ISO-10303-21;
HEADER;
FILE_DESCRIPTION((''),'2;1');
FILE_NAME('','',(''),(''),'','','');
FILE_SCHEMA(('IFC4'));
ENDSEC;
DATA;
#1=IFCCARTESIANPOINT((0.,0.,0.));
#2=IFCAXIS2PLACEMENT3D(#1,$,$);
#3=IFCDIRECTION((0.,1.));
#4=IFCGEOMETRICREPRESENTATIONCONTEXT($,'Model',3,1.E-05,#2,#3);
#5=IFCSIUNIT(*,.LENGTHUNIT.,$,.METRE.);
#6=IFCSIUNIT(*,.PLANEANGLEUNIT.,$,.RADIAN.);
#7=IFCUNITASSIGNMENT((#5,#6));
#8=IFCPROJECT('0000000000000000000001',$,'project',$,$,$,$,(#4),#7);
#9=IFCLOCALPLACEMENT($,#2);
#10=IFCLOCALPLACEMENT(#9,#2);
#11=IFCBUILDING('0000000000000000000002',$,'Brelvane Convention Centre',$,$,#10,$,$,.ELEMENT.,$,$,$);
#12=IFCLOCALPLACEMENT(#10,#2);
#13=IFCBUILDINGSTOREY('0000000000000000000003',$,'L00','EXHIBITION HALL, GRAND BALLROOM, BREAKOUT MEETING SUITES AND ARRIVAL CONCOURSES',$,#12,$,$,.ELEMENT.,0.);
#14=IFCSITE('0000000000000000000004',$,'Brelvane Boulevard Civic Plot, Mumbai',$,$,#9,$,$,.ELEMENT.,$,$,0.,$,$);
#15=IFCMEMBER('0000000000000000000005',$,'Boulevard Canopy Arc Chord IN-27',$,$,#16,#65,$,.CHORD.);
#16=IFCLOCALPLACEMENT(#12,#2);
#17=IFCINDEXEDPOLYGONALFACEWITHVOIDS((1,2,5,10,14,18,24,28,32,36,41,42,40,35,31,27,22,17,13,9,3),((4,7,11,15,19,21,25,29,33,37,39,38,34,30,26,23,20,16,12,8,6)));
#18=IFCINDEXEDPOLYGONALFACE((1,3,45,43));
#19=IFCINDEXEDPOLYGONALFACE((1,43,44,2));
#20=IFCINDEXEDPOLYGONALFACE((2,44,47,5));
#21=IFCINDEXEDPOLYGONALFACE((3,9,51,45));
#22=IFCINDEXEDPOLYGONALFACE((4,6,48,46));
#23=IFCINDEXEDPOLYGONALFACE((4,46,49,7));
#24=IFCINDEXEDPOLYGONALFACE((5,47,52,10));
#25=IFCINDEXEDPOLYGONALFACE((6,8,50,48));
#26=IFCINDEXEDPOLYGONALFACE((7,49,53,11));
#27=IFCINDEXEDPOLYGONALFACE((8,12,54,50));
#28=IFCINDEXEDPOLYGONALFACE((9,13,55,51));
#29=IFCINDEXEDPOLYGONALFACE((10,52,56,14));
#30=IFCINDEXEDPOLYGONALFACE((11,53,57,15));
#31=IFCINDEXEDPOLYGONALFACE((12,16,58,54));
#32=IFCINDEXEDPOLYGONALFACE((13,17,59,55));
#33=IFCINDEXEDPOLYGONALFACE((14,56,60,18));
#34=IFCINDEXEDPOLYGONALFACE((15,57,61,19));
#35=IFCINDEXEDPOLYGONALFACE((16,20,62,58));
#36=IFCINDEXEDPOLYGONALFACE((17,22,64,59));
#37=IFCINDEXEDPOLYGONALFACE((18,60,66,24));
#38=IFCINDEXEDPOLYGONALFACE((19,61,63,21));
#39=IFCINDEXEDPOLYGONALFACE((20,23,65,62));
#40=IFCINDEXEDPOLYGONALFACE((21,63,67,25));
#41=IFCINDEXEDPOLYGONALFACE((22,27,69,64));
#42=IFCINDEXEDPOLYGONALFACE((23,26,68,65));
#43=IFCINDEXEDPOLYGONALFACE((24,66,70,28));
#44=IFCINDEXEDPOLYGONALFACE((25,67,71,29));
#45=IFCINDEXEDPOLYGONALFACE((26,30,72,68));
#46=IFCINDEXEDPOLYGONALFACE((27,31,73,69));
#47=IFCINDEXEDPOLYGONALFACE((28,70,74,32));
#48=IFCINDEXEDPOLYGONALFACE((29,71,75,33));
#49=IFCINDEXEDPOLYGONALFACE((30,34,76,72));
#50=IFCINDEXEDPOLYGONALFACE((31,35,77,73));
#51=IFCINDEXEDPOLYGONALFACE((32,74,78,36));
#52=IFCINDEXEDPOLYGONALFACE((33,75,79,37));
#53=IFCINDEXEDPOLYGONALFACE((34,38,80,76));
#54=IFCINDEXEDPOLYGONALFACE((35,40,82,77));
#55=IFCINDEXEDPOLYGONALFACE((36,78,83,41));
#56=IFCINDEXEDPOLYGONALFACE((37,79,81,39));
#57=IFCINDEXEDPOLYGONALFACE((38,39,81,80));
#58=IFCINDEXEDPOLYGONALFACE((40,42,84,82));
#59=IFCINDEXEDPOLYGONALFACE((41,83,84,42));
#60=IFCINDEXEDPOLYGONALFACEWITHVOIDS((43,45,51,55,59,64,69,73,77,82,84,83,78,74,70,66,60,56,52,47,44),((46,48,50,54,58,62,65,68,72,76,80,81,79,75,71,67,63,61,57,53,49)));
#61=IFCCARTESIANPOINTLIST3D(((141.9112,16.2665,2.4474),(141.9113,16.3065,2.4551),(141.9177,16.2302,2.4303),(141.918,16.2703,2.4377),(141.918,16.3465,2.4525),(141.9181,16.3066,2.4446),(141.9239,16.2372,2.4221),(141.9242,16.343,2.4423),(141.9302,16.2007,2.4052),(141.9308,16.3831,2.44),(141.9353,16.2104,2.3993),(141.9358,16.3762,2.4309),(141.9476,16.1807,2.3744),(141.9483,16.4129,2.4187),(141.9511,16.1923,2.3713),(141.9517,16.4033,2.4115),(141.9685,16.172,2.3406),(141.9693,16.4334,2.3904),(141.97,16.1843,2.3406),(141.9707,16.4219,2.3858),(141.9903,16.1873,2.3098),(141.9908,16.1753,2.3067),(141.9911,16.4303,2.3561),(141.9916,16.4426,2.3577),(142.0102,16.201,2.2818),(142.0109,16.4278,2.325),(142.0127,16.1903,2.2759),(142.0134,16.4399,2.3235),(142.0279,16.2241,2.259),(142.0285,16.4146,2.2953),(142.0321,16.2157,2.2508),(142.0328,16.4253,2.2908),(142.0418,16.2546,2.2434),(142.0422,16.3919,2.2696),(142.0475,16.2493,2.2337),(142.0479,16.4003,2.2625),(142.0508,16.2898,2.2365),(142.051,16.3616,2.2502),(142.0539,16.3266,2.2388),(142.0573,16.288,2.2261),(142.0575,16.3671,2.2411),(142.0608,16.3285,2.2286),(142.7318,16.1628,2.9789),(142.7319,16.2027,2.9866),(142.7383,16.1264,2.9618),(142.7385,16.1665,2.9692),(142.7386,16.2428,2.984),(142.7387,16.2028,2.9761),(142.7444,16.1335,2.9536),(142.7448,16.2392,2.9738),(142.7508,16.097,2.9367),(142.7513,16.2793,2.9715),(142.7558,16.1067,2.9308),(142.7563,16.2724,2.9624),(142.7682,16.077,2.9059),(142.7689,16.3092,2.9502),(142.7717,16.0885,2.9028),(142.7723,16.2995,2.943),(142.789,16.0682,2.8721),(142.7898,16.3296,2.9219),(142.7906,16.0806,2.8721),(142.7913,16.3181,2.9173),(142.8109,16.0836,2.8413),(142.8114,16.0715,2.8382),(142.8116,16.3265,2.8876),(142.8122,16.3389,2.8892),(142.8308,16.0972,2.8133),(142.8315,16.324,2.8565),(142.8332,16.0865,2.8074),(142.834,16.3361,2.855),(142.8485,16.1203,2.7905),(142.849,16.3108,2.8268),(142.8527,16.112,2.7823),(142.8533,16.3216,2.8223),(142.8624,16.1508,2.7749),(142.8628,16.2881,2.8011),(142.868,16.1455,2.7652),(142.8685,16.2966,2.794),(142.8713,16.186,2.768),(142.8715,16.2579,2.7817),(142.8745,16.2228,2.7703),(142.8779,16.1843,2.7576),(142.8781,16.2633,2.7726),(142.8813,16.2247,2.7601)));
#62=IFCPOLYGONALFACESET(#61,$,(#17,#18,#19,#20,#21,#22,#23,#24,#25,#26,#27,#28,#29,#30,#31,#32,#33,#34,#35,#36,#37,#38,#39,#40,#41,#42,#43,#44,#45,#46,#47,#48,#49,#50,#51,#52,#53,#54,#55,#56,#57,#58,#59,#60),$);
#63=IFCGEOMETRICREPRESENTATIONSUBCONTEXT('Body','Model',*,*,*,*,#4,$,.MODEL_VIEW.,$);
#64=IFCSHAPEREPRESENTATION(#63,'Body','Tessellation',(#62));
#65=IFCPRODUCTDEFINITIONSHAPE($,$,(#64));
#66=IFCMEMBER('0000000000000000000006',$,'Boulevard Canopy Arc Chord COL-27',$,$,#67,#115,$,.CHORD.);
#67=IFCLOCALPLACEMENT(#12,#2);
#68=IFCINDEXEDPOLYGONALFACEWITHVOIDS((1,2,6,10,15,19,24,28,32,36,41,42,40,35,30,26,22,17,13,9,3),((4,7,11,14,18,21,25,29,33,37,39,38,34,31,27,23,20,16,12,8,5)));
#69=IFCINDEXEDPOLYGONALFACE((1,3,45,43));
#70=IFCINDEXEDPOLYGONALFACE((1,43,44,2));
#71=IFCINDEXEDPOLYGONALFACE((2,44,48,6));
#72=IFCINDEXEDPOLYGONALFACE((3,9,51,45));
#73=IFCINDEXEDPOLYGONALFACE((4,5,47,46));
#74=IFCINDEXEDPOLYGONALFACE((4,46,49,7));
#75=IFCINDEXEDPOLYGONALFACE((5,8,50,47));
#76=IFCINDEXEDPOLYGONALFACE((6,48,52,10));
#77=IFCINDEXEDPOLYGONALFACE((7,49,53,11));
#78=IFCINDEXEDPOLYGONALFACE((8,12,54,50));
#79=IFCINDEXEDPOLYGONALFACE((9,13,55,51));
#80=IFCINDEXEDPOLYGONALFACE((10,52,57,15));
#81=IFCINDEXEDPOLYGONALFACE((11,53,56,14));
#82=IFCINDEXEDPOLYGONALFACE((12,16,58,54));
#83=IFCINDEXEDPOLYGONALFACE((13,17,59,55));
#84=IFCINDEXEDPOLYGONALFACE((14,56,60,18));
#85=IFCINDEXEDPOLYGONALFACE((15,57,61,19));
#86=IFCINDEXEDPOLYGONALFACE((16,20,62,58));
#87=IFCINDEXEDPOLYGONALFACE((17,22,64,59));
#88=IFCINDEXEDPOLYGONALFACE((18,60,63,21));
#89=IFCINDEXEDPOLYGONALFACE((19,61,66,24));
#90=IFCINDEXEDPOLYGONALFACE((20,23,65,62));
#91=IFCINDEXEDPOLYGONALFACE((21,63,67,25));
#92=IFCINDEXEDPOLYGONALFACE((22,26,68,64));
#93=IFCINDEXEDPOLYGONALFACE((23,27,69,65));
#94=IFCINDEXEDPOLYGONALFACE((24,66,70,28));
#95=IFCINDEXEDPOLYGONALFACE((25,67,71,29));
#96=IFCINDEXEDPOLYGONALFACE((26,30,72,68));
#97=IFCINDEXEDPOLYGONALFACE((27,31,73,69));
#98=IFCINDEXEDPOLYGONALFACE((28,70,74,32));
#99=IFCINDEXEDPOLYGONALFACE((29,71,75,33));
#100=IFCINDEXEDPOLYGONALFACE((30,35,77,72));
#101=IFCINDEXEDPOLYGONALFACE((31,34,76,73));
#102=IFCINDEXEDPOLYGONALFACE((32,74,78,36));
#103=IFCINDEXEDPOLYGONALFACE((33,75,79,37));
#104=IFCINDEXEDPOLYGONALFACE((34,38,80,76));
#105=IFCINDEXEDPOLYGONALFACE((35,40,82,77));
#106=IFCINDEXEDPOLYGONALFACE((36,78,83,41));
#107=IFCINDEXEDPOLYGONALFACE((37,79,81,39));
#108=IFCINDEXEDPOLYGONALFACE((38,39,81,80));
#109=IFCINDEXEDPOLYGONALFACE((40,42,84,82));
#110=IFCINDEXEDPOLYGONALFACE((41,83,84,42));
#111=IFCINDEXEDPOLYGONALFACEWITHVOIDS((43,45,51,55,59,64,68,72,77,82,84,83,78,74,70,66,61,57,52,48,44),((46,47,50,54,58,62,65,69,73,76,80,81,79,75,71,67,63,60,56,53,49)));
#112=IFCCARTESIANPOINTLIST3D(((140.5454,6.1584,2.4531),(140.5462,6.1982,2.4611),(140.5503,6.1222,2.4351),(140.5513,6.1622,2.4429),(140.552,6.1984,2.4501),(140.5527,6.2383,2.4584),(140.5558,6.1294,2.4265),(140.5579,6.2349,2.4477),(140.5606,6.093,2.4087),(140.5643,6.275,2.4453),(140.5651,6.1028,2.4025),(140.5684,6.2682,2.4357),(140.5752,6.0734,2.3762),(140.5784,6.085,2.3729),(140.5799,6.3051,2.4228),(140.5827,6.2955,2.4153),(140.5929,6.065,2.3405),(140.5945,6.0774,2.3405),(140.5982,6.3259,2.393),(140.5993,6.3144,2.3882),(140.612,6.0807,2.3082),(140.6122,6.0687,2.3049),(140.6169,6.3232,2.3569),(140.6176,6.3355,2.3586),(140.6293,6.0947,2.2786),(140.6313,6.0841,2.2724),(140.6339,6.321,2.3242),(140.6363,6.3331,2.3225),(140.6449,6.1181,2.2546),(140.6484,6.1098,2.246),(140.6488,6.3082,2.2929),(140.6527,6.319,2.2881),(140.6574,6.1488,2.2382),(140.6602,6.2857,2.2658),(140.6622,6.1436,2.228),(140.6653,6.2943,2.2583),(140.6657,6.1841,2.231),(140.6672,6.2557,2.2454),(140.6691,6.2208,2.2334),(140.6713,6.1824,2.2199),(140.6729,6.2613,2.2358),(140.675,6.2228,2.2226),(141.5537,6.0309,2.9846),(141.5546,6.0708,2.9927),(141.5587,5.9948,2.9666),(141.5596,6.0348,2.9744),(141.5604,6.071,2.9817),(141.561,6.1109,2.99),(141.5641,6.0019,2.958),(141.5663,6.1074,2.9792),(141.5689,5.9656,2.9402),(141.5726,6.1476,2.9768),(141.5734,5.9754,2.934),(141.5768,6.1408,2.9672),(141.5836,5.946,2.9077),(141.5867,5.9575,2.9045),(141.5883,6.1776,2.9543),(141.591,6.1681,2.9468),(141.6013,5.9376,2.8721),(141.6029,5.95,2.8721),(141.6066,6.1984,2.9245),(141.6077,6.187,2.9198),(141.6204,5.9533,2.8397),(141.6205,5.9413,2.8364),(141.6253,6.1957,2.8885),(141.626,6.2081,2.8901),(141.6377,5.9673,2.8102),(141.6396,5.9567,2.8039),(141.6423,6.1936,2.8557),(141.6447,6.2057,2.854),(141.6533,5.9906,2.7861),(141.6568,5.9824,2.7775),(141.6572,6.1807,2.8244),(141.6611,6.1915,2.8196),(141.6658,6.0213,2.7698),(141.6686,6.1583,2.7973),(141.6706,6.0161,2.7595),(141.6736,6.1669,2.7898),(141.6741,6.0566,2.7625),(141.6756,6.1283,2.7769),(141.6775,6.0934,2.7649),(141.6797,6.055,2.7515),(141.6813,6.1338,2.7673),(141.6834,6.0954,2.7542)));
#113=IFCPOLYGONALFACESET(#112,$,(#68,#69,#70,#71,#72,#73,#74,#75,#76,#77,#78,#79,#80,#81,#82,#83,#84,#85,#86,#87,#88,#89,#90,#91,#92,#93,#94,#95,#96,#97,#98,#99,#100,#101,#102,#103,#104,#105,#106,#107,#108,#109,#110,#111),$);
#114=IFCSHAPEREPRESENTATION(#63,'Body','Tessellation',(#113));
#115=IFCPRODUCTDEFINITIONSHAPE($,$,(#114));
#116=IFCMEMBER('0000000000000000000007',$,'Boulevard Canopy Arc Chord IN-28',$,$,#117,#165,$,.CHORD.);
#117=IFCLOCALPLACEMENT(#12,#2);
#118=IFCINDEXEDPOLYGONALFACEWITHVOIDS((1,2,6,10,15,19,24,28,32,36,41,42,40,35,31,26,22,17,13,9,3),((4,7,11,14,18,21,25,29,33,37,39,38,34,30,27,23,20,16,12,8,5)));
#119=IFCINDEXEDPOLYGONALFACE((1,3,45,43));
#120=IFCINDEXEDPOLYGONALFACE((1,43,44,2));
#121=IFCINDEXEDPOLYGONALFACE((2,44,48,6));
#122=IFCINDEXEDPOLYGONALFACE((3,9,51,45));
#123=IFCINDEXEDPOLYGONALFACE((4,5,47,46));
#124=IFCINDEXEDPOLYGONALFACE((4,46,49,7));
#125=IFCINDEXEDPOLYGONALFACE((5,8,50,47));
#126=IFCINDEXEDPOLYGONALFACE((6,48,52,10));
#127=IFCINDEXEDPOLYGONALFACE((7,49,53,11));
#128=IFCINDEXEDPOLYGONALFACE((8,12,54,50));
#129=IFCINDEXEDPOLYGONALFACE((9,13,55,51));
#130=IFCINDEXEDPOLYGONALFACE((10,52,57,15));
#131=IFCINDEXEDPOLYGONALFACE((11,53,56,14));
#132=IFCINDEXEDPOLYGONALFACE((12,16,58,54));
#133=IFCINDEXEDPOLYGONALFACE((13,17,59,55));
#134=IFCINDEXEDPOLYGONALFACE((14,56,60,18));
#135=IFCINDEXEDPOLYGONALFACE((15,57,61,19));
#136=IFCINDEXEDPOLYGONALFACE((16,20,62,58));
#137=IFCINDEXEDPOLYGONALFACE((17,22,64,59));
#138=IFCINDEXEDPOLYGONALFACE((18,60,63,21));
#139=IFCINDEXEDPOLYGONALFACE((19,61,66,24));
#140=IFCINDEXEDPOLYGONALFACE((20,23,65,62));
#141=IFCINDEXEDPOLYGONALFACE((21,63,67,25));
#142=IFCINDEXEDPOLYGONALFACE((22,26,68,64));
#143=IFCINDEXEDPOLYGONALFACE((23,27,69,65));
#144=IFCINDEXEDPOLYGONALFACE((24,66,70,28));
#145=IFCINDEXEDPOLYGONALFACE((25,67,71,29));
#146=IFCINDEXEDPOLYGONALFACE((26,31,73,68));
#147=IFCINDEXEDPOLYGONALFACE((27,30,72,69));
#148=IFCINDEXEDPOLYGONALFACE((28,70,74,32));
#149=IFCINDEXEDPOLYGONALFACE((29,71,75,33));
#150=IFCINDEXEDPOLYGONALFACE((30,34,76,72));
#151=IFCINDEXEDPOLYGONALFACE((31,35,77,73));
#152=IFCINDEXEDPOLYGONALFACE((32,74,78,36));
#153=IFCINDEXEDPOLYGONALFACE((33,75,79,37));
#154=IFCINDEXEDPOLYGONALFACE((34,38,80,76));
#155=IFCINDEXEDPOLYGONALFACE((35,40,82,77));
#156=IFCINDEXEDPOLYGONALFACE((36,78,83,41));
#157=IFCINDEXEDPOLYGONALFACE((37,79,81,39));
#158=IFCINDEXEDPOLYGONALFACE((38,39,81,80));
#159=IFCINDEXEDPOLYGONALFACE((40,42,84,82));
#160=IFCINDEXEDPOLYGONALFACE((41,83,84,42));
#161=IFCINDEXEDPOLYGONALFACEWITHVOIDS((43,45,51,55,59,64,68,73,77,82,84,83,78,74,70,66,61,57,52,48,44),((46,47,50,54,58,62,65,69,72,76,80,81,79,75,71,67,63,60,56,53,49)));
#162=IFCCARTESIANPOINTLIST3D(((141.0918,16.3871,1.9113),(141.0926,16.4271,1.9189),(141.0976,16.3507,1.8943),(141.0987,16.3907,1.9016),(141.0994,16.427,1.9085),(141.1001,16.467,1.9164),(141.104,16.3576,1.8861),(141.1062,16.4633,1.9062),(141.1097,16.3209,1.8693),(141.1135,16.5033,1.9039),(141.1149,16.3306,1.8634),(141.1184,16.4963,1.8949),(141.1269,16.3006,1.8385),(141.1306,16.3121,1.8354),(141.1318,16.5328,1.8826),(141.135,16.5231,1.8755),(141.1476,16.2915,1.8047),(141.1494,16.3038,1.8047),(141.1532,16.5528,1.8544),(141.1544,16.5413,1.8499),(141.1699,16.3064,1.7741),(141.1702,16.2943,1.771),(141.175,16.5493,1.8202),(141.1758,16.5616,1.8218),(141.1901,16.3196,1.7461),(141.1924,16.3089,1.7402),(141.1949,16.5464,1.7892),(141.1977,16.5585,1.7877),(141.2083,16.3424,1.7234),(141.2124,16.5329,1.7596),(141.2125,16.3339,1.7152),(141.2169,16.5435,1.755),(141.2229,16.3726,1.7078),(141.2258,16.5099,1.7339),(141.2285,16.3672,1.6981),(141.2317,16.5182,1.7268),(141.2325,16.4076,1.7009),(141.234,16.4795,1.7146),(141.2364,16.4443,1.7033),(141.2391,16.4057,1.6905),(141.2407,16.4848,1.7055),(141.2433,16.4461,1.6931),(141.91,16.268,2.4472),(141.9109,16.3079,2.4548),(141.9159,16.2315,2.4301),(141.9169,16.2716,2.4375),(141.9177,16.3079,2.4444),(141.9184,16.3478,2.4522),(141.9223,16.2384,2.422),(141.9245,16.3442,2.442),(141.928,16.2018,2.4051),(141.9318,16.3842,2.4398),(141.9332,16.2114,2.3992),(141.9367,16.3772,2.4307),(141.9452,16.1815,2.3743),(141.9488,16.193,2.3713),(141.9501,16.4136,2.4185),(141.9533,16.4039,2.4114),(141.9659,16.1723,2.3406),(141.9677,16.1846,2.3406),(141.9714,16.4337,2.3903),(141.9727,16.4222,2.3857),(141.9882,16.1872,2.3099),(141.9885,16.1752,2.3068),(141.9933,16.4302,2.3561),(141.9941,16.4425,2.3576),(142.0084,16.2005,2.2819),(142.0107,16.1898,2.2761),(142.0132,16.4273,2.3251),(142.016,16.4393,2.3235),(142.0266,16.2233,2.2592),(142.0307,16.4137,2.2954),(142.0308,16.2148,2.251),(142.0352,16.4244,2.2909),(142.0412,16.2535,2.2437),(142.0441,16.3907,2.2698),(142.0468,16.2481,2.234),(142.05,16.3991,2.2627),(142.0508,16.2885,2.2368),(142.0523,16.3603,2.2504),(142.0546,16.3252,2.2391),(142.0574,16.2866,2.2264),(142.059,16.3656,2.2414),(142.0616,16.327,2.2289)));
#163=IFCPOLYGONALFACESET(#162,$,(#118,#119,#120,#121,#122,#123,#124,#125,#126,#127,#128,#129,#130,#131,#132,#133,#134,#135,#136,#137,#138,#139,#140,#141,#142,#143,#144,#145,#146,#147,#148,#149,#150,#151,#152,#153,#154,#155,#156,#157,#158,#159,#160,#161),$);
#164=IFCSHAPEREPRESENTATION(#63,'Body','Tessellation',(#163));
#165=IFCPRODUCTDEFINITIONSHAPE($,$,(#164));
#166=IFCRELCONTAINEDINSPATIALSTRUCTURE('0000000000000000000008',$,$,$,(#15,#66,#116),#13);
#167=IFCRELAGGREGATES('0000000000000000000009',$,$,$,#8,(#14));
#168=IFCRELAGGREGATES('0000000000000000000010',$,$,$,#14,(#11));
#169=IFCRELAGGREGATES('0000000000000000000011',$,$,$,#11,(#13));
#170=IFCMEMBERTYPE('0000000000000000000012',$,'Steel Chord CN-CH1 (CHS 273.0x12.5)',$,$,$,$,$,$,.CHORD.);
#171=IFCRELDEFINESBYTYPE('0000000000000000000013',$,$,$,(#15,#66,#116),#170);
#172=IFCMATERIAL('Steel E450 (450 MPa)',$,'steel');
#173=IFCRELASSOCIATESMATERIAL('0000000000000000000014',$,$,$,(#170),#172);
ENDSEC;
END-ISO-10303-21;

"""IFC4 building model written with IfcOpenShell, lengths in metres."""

from ifc_helpers import new_model, si_unit, direction, frame, origin, origin_2d, place, context, subcontext, project, spatial, hollow_circle, extrude, material, material_profile, profile_set, type_object, element, save


model = new_model("IFC4")

# Units and contexts
model_context = context("Model", 3, precision=1e-05, world=origin(), true_north=direction((0.0, 1.0)))
body_context = subcontext(model_context, "Body", "Model", "MODEL_VIEW")
ifc_project = project(units=[si_unit("LENGTHUNIT", "METRE"), si_unit("PLANEANGLEUNIT", "RADIAN")], contexts=[model_context])

# Site, building, storey
site_placement = place(None, origin())
site = spatial("IfcSite", under=ifc_project, at=site_placement, Name="Brelvane Boulevard Civic Plot, Mumbai", CompositionType="ELEMENT", RefElevation=0.0)
building_placement = place(site_placement, origin())
building = spatial("IfcBuilding", under=site, at=building_placement, Name="Brelvane Convention Centre", CompositionType="ELEMENT")
storey_placement = place(building_placement, origin())
storey = spatial("IfcBuildingStorey", under=building, at=storey_placement, Name="L00", Description="EXHIBITION HALL, GRAND BALLROOM, BREAKOUT MEETING SUITES AND ARRIVAL CONCOURSES", CompositionType="ELEMENT", Elevation=0.0)

# Members
ifc_material_1 = material(Name="Steel E450 (450 MPa)", Category="steel")
ifc_material_profile_1 = material_profile(ifc_material_1, hollow_circle(Radius=0.1365, WallThickness=0.0125, at=origin_2d()), Name="CHS 273.0x12.5")
ifc_profile_set_1 = profile_set([ifc_material_profile_1], Name="Steel E450 (450 MPa)")
member_type_1 = type_object("IfcMemberType", Name="Steel Chord CN-CH1 (CHS 273.0x12.5)", PredefinedType="CHORD", material=ifc_profile_set_1)
member_1_placement = place(storey_placement, frame((142.8062, 16.2036, 2.8721), z_axis=(-0.834628, 0.105539, -0.540609), x_axis=(-0.125451, -0.9921, 0.0)))
element("IfcMember", 1, at=member_1_placement, inside=storey, type_object=member_type_1, Name="Boulevard Canopy Arc Chord IN-27", PredefinedType="CHORD", context=body_context, shape_type="SweptSolid", body=[
    extrude(hollow_circle(Radius=0.1365, WallThickness=0.0125, at=origin_2d()), origin(), (0.0, 0.0, 1.0), 0.9832),
])
member_2_placement = place(storey_placement, frame((141.6184, 6.073, 2.8721), z_axis=(-0.879147, 0.111117, -0.463415), x_axis=(-0.125395, -0.992107, 0.0)))
element("IfcMember", 2, at=member_2_placement, inside=storey, type_object=member_type_1, Name="Boulevard Canopy Arc Chord COL-27", PredefinedType="CHORD", context=body_context, shape_type="SweptSolid", body=[
    extrude(hollow_circle(Radius=0.1365, WallThickness=0.0125, at=origin_2d()), origin(), (0.0, 0.0, 1.0), 1.147),
])
member_3_placement = place(storey_placement, frame((141.9856, 16.3074, 2.3406), z_axis=(-0.830454, 0.120901, -0.543809), x_axis=(-0.144066, -0.989568, 0.0)))
element("IfcMember", 3, at=member_3_placement, inside=storey, type_object=member_type_1, Name="Boulevard Canopy Arc Chord IN-28", PredefinedType="CHORD", context=body_context, shape_type="SweptSolid", body=[
    extrude(hollow_circle(Radius=0.1365, WallThickness=0.0125, at=origin_2d()), origin(), (0.0, 0.0, 1.0), 0.9854),
])

save(model, "model.ifc")
